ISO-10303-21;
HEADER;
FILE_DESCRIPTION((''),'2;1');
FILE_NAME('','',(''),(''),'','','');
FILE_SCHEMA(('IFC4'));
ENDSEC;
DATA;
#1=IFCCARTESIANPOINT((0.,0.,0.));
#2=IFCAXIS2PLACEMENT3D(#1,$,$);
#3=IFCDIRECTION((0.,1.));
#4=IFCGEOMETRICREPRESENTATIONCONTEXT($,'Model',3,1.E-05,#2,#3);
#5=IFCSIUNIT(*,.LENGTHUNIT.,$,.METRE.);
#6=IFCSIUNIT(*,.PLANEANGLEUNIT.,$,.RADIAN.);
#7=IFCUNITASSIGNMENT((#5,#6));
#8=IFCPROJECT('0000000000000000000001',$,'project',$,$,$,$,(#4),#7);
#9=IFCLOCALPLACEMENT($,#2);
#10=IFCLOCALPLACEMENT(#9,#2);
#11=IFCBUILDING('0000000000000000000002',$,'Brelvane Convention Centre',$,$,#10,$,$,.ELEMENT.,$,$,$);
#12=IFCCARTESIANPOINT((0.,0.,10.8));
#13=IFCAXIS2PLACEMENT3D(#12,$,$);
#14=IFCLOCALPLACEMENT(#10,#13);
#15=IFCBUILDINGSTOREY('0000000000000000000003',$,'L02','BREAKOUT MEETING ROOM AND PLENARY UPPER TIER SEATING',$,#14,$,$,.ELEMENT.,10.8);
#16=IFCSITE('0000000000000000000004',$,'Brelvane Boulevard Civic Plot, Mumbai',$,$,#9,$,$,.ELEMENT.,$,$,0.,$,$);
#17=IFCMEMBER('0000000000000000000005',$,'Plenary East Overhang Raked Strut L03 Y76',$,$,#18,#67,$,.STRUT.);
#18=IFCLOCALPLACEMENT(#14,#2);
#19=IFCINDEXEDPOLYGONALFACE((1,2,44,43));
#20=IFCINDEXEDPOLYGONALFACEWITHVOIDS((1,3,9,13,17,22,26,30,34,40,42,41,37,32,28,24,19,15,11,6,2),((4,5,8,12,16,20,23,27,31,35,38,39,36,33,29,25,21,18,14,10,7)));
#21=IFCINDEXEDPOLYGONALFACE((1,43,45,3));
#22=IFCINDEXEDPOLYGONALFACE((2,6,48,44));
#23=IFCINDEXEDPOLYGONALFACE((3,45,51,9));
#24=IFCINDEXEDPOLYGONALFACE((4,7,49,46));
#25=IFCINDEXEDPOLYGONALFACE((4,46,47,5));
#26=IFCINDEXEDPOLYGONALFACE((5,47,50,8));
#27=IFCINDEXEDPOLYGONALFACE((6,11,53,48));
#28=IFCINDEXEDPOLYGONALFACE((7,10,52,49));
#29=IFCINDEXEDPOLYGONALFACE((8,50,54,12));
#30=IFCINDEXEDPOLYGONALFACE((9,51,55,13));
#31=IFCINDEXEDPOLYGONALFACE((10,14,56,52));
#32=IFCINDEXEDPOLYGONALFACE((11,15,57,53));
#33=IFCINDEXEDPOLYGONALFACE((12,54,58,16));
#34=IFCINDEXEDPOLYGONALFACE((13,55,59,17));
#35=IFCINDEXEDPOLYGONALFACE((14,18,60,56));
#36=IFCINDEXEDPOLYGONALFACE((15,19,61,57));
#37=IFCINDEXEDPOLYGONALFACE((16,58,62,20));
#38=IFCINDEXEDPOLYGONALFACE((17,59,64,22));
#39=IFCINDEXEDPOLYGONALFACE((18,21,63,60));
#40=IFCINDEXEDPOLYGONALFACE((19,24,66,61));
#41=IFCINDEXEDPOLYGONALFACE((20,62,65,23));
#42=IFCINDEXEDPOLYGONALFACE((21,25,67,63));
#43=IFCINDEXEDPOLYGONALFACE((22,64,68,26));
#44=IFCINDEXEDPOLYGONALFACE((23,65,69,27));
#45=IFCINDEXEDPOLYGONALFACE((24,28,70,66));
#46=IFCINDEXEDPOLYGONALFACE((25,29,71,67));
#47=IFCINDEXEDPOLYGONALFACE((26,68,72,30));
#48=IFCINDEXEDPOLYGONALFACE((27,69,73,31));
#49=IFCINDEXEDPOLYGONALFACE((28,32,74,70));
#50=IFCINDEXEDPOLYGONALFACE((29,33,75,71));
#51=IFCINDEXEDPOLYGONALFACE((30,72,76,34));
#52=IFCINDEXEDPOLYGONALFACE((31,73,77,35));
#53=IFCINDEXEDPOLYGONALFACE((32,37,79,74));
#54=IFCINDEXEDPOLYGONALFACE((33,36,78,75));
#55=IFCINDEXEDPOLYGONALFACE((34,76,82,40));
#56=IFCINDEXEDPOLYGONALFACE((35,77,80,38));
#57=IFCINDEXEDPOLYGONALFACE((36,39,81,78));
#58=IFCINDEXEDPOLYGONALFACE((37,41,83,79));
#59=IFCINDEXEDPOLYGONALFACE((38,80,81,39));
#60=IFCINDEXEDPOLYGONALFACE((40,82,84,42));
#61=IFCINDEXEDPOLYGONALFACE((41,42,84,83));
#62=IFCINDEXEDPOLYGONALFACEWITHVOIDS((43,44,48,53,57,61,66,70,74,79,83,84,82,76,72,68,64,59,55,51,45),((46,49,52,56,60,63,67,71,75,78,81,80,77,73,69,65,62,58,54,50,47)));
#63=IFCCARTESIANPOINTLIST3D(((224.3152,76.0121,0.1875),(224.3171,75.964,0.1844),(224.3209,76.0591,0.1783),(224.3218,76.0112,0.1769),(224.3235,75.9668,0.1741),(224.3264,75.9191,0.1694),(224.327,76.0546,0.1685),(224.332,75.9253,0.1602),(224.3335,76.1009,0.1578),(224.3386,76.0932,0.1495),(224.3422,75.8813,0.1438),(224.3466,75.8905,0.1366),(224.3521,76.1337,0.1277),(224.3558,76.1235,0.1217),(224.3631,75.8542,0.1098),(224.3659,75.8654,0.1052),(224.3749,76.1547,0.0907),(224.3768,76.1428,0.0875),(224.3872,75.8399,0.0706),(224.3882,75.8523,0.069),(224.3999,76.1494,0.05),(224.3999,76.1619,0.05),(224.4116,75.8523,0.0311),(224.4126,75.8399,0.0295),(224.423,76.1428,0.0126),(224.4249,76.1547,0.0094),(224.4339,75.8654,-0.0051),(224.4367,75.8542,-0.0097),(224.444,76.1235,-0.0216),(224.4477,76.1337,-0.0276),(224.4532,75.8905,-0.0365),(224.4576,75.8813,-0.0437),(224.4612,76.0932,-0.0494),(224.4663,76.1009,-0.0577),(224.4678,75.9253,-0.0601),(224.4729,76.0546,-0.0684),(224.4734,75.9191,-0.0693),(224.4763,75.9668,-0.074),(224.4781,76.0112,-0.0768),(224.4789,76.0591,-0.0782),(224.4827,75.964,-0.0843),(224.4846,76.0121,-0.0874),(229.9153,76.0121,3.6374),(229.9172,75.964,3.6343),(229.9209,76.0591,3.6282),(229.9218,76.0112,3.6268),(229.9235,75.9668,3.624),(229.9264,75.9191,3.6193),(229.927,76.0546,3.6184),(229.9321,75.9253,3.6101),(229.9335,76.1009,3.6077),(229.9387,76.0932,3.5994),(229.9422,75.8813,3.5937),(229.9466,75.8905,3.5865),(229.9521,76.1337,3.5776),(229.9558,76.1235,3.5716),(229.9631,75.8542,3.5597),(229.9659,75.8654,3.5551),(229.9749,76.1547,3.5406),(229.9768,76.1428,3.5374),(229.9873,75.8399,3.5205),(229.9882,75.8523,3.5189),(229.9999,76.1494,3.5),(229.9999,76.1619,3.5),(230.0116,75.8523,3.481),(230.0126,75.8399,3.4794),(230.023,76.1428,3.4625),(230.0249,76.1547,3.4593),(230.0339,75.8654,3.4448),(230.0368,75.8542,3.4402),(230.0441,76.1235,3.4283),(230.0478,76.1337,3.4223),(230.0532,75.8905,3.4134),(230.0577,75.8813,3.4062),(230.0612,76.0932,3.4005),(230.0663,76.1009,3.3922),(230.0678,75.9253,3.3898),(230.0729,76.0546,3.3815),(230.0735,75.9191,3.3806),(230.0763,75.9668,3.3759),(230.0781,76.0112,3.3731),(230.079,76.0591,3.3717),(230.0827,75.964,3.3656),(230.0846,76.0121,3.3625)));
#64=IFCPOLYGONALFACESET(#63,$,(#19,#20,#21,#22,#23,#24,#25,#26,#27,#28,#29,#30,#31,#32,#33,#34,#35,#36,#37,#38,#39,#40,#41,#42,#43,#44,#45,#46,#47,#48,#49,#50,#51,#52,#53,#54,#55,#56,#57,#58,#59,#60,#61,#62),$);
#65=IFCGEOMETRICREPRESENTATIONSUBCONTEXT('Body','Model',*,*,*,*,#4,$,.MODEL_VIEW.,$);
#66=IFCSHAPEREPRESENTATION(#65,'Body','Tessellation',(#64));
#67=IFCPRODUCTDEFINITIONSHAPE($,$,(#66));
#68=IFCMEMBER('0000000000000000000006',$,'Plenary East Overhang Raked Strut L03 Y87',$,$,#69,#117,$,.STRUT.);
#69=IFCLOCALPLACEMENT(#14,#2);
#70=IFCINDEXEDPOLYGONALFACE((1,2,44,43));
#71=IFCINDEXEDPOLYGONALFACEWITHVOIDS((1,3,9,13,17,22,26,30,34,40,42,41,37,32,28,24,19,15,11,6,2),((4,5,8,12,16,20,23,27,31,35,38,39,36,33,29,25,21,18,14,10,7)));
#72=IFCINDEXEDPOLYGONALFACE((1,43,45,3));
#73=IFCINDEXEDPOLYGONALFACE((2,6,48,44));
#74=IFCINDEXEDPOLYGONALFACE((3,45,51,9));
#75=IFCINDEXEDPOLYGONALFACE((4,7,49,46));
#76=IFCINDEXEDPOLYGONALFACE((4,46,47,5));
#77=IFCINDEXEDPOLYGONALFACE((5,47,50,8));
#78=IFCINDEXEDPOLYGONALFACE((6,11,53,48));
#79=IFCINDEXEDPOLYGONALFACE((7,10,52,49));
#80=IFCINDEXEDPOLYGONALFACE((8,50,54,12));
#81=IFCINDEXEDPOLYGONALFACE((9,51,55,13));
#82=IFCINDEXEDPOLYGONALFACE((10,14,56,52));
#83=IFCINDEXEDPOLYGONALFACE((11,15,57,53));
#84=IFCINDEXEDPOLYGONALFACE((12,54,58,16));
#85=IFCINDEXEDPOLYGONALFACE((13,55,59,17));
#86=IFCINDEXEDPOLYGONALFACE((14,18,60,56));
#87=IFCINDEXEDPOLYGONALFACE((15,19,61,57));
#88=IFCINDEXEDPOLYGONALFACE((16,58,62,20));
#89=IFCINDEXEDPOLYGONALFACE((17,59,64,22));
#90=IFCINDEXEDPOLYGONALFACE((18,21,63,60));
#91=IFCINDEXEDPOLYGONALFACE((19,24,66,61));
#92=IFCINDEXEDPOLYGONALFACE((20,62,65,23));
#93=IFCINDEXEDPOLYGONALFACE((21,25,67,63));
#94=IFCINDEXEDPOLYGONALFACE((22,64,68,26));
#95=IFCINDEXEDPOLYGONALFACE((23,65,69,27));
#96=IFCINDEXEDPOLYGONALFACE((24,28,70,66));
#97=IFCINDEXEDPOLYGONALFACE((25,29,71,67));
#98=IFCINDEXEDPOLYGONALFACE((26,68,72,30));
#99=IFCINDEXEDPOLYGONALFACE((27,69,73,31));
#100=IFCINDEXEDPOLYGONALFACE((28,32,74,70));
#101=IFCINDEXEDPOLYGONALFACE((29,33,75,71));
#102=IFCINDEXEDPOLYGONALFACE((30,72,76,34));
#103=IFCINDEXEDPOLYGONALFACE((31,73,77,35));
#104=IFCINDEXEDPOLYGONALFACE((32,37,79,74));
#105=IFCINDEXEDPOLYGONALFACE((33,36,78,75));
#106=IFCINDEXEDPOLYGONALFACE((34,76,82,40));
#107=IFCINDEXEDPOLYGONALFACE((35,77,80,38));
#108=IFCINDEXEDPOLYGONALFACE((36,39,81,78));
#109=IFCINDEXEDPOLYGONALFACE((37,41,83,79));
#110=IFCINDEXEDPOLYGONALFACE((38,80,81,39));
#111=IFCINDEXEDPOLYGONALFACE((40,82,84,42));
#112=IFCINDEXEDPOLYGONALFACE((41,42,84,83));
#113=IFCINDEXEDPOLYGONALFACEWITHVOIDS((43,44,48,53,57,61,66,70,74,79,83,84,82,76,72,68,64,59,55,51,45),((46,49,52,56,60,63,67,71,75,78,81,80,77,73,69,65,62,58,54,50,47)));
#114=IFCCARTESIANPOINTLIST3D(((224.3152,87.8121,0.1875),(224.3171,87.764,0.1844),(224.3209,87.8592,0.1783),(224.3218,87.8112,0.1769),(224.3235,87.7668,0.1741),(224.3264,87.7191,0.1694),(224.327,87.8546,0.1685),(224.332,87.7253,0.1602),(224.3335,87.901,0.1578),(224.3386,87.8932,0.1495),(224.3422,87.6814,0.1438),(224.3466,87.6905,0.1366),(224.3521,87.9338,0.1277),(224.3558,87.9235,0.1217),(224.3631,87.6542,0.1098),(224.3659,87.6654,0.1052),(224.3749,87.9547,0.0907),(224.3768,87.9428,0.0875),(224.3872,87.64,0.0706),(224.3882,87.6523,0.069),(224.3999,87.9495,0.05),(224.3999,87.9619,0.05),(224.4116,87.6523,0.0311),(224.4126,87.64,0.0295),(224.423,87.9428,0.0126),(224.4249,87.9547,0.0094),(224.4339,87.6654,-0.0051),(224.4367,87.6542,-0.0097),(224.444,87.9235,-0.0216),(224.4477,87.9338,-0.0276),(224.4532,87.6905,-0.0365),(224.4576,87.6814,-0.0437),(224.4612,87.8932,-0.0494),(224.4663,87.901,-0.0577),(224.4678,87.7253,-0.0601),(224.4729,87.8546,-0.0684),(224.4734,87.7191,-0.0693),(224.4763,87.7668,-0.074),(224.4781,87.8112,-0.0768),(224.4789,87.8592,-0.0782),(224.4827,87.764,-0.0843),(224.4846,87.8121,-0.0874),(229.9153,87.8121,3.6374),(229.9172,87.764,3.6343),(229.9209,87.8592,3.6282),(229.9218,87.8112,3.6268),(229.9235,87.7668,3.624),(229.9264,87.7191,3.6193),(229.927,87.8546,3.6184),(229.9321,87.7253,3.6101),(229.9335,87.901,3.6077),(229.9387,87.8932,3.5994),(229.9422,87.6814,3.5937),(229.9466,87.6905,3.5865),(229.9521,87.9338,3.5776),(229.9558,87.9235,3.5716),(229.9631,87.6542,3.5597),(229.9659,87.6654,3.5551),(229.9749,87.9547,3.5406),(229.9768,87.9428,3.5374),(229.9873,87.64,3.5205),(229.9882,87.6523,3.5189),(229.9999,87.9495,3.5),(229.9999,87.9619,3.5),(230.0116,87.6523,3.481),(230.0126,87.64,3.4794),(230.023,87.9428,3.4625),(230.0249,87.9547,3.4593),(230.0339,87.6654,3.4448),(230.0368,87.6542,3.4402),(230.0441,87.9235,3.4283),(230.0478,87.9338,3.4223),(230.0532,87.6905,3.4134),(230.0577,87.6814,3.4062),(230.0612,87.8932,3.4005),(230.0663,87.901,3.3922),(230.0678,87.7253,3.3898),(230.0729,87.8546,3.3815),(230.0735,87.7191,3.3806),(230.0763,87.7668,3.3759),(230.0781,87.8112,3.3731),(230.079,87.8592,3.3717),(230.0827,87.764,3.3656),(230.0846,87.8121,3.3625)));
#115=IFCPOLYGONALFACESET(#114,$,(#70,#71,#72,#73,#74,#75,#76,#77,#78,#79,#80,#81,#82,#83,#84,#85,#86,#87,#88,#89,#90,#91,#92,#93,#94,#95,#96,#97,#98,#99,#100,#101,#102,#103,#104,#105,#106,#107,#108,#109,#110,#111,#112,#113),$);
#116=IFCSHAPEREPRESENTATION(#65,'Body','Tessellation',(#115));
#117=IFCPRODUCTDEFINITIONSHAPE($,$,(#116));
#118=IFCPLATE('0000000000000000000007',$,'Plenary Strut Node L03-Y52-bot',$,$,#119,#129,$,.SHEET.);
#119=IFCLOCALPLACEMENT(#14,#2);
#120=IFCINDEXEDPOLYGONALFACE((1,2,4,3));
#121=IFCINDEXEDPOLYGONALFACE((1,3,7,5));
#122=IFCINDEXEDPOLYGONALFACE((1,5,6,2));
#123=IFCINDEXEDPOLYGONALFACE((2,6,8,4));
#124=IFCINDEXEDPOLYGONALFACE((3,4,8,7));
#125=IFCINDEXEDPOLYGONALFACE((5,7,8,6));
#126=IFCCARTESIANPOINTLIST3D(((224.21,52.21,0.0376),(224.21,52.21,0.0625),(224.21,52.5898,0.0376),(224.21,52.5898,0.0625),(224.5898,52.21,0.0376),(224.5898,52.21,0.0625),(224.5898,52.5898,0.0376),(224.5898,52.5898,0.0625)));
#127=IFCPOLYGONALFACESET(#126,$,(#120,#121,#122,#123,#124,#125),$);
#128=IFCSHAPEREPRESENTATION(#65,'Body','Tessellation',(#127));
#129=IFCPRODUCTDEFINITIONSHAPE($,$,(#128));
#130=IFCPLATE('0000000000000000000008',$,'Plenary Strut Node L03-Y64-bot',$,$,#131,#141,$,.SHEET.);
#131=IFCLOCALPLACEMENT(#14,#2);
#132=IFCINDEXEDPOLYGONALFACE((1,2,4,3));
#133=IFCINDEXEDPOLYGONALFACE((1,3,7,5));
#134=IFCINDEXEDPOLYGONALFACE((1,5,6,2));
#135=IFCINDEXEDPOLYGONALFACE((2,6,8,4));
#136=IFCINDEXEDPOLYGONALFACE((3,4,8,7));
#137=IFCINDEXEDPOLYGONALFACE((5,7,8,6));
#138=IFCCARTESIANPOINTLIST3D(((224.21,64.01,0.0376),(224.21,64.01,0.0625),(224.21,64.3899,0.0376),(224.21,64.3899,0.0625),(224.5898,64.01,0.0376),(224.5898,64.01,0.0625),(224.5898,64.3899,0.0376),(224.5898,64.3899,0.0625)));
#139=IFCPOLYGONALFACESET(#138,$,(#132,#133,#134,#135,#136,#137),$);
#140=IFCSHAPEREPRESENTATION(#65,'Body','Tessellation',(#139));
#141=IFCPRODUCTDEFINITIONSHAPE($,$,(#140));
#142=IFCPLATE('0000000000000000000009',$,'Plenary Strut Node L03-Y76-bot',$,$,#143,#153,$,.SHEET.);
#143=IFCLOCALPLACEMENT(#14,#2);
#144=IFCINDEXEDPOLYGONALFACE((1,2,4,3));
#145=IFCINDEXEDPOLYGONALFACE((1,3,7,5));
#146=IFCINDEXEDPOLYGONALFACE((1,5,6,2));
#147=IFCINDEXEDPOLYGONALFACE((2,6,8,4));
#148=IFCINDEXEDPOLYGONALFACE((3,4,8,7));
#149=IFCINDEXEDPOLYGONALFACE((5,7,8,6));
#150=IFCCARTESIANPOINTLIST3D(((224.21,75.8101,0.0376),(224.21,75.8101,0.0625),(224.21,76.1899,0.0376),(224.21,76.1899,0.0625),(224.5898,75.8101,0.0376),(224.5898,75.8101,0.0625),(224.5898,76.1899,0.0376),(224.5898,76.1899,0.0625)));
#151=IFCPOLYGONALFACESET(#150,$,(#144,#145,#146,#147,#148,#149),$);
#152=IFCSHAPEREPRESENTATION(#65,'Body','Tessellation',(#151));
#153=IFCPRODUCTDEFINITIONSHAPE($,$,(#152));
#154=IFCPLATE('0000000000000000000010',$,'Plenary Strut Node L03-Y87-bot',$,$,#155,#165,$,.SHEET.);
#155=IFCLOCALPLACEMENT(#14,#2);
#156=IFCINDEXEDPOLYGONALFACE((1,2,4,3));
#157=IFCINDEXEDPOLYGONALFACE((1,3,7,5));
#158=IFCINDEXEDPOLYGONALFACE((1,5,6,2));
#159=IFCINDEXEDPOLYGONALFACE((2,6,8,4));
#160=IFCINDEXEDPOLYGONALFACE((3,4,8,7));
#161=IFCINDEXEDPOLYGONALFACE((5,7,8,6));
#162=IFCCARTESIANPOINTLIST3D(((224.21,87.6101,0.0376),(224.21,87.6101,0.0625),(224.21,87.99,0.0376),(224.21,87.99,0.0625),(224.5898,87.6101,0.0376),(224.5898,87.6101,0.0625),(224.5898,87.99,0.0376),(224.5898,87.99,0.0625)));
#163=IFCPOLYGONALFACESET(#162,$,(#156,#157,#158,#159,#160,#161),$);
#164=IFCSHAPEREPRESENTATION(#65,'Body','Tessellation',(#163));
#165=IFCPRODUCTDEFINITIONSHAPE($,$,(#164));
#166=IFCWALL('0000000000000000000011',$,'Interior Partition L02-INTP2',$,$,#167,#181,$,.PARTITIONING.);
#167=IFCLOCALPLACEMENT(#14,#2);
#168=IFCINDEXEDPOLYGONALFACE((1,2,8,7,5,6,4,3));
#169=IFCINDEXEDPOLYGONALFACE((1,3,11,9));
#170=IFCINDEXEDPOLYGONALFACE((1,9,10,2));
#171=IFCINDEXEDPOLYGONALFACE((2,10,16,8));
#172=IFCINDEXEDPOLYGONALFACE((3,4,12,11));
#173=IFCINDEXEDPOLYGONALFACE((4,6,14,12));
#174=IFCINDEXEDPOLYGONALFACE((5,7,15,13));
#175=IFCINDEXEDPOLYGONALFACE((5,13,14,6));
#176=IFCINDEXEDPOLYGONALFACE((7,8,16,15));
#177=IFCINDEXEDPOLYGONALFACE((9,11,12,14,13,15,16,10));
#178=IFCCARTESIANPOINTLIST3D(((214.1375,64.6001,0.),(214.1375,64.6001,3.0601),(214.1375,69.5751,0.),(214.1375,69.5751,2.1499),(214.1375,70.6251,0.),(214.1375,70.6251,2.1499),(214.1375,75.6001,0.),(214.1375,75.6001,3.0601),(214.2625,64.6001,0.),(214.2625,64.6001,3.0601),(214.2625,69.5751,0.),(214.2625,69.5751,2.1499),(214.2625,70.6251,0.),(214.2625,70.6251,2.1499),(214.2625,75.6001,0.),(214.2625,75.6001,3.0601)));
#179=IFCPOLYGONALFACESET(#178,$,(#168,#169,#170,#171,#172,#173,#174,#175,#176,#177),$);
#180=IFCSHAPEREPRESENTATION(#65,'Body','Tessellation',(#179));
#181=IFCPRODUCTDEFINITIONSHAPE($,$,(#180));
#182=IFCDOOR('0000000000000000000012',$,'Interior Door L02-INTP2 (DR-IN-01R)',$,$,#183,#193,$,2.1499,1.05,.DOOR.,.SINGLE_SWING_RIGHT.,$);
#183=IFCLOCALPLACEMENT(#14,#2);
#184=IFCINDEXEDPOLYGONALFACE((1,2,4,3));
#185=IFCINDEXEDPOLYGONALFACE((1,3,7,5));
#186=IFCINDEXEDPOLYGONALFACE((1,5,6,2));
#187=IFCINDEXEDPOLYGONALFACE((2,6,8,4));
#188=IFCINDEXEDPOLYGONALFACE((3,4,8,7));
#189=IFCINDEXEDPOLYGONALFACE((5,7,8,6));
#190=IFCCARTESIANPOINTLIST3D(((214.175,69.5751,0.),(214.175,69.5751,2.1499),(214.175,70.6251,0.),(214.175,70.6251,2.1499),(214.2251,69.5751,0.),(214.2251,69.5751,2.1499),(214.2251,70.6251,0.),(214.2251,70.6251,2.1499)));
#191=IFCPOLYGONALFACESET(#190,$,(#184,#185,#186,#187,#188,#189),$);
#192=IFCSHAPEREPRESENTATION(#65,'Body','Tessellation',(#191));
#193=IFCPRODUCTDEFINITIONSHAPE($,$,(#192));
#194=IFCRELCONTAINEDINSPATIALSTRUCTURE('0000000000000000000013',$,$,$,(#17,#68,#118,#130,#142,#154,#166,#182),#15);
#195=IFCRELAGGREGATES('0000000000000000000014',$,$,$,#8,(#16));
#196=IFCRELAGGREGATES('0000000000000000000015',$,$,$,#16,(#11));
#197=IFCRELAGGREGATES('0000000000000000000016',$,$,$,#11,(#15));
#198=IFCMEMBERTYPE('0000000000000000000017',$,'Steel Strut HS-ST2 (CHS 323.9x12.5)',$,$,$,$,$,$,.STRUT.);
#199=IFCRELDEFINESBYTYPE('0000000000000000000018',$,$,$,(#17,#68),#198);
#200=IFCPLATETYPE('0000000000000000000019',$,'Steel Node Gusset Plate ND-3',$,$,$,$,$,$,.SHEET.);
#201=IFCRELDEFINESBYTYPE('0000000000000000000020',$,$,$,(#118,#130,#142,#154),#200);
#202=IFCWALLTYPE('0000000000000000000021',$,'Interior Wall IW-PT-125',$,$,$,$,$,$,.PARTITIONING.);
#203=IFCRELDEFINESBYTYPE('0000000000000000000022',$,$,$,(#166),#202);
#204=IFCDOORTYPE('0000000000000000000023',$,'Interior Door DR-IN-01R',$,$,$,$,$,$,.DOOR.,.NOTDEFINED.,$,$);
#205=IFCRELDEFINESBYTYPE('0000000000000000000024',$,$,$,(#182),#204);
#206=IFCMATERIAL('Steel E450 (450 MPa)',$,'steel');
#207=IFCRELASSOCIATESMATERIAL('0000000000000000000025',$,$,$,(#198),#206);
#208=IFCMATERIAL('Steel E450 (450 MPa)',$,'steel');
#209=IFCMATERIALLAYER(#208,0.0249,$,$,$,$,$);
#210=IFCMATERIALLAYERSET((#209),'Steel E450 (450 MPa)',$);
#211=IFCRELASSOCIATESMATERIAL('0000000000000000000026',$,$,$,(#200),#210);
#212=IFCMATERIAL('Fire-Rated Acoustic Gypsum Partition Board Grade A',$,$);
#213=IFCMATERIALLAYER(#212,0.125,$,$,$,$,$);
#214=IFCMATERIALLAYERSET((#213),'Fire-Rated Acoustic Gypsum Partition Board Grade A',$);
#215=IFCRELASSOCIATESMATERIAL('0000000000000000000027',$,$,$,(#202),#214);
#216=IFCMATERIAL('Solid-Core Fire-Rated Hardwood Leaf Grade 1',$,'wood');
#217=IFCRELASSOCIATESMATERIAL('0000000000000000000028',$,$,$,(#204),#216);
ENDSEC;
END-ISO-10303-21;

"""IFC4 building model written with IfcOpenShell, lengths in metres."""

from ifc_helpers import new_model, si_unit, direction, frame, frame_2d, origin, origin_2d, place, context, subcontext, project, spatial, rectangle, hollow_circle, extrude, material, layer, layer_set, material_profile, profile_set, type_object, element, fill, save


model = new_model("IFC4")

# Units and contexts
model_context = context("Model", 3, precision=1e-05, world=origin(), true_north=direction((0.0, 1.0)))
body_context = subcontext(model_context, "Body", "Model", "MODEL_VIEW")
ifc_project = project(units=[si_unit("LENGTHUNIT", "METRE"), si_unit("PLANEANGLEUNIT", "RADIAN")], contexts=[model_context])

# Site, building, storey
site_placement = place(None, origin())
site = spatial("IfcSite", under=ifc_project, at=site_placement, Name="Brelvane Boulevard Civic Plot, Mumbai", CompositionType="ELEMENT", RefElevation=0.0)
building_placement = place(site_placement, origin())
building = spatial("IfcBuilding", under=site, at=building_placement, Name="Brelvane Convention Centre", CompositionType="ELEMENT")
storey_placement = place(building_placement, frame((0.0, 0.0, 10.8)))
storey = spatial("IfcBuildingStorey", under=building, at=storey_placement, Name="L02", Description="BREAKOUT MEETING ROOM AND PLENARY UPPER TIER SEATING", CompositionType="ELEMENT", Elevation=10.8)

# Members
ifc_material_1 = material(Name="Steel E450 (450 MPa)", Category="steel")
ifc_material_profile_1 = material_profile(ifc_material_1, hollow_circle(Radius=0.1619, WallThickness=0.0125, at=origin_2d()), Name="CHS 323.9x12.5")
ifc_profile_set_1 = profile_set([ifc_material_profile_1], Name="Steel E450 (450 MPa)")
member_type = type_object("IfcMemberType", Name="Steel Strut HS-ST2 (CHS 323.9x12.5)", PredefinedType="STRUT", material=ifc_profile_set_1)
for number, where, z_axis, x_axis, name in (
    (1, (224.3999, 76.0, 0.05), (0.851405, 0.0, 0.524509), (0.0, 1.0, 0.0), "Plenary East Overhang Raked Strut L03 Y76"),
    (2, (224.3999, 87.8, 0.05), (0.851405, 0.0, 0.524509), (0.0, 1.0, 0.0), "Plenary East Overhang Raked Strut L03 Y87"),
):
    element("IfcMember", number, at=place(storey_placement, frame(where, z_axis=z_axis, x_axis=x_axis)), inside=storey, type_object=member_type, Name=name, PredefinedType="STRUT", context=body_context, shape_type="SweptSolid", body=[
        extrude(hollow_circle(Radius=0.1619, WallThickness=0.0125, at=origin_2d()), origin(), (0.0, 0.0, 1.0), 6.5774),
    ])

# Plates
ifc_material_2 = material(Name="Steel E450 (450 MPa)", Category="steel")
ifc_layer_1 = layer(ifc_material_2, 0.0249)
ifc_layer_set_1 = layer_set([ifc_layer_1], Name="Steel E450 (450 MPa)")
plate_type = type_object("IfcPlateType", Name="Steel Node Gusset Plate ND-3", PredefinedType="SHEET", material=ifc_layer_set_1)
for number, where, z_axis, x_axis, name in (
    (3, (224.3999, 52.3999, 0.0376), (0.0, 0.0, 1.0), (1.0, 0.0, 0.0), "Plenary Strut Node L03-Y52-bot"),
    (4, (224.3999, 64.2, 0.0376), (0.0, 0.0, 1.0), (1.0, 0.0, 0.0), "Plenary Strut Node L03-Y64-bot"),
    (5, (224.3999, 76.0, 0.0376), (0.0, 0.0, 1.0), (1.0, 0.0, 0.0), "Plenary Strut Node L03-Y76-bot"),
    (6, (224.3999, 87.8, 0.0376), (0.0, 0.0, 1.0), (1.0, 0.0, 0.0), "Plenary Strut Node L03-Y87-bot"),
):
    element("IfcPlate", number, at=place(storey_placement, frame(where, z_axis=z_axis, x_axis=x_axis)), inside=storey, type_object=plate_type, Name=name, PredefinedType="SHEET", context=body_context, shape_type="SweptSolid", body=[
        extrude(rectangle(XDim=0.3799, YDim=0.3799, at=origin_2d()), origin(), (0.0, 0.0, 1.0), 0.0249),
    ])

# Wall, opening, door
ifc_material_3 = material(Name="Fire-Rated Acoustic Gypsum Partition Board Grade A")
ifc_layer_2 = layer(ifc_material_3, 0.125)
ifc_layer_set_2 = layer_set([ifc_layer_2], Name="Fire-Rated Acoustic Gypsum Partition Board Grade A")
wall_type_1 = type_object("IfcWallType", Name="Interior Wall IW-PT-125", PredefinedType="PARTITIONING", material=ifc_layer_set_2)
wall_1_placement = place(storey_placement, frame((214.2, 64.6001, 0.0), z_axis=(0.0, 0.0, 1.0), x_axis=(0.0, 1.0, 0.0)))
wall_1 = element("IfcWall", 7, at=wall_1_placement, inside=storey, type_object=wall_type_1, Name="Interior Partition L02-INTP2", PredefinedType="PARTITIONING", context=body_context, shape_type="SweptSolid", body=[
    extrude(rectangle(XDim=11.0, YDim=0.125, at=frame_2d((5.5, 0.0))), origin(), (0.0, 0.0, 1.0), 3.0601),
])
opening_1_placement = place(wall_1_placement, frame((4.9751, 0.0, 0.0)))
opening_1 = element("IfcOpeningElement", 8, at=opening_1_placement, cuts=wall_1, PredefinedType="OPENING", context=body_context, shape_type="SweptSolid", body=[
    extrude(rectangle(XDim=1.05, YDim=2.1499, at=frame_2d((0.5249, 1.075))), frame((0.0, 0.0725, 0.0), z_axis=(0.0, -1.0, 0.0), x_axis=(1.0, 0.0, 0.0)), (0.0, 0.0, 1.0), 0.145),
])
ifc_material_4 = material(Name="Solid-Core Fire-Rated Hardwood Leaf Grade 1", Category="wood")
door_type_1 = type_object("IfcDoorType", Name="Interior Door DR-IN-01R", OperationType="NOTDEFINED", PredefinedType="DOOR", material=ifc_material_4)
door_1_placement = place(opening_1_placement, origin())
door_1 = element("IfcDoor", 9, at=door_1_placement, inside=storey, type_object=door_type_1, Name="Interior Door L02-INTP2 (DR-IN-01R)", OperationType="SINGLE_SWING_RIGHT", OverallHeight=2.1499, OverallWidth=1.05, PredefinedType="DOOR", context=body_context, shape_type="SweptSolid", body=[
    extrude(rectangle(XDim=1.05, YDim=2.1499, at=frame_2d((0.5249, 1.075))), frame((0.0, 0.0249, 0.0), z_axis=(0.0, -1.0, 0.0), x_axis=(1.0, 0.0, 0.0)), (0.0, 0.0, 1.0), 0.05),
])
fill(opening_1, door_1)

save(model, "model.ifc")
